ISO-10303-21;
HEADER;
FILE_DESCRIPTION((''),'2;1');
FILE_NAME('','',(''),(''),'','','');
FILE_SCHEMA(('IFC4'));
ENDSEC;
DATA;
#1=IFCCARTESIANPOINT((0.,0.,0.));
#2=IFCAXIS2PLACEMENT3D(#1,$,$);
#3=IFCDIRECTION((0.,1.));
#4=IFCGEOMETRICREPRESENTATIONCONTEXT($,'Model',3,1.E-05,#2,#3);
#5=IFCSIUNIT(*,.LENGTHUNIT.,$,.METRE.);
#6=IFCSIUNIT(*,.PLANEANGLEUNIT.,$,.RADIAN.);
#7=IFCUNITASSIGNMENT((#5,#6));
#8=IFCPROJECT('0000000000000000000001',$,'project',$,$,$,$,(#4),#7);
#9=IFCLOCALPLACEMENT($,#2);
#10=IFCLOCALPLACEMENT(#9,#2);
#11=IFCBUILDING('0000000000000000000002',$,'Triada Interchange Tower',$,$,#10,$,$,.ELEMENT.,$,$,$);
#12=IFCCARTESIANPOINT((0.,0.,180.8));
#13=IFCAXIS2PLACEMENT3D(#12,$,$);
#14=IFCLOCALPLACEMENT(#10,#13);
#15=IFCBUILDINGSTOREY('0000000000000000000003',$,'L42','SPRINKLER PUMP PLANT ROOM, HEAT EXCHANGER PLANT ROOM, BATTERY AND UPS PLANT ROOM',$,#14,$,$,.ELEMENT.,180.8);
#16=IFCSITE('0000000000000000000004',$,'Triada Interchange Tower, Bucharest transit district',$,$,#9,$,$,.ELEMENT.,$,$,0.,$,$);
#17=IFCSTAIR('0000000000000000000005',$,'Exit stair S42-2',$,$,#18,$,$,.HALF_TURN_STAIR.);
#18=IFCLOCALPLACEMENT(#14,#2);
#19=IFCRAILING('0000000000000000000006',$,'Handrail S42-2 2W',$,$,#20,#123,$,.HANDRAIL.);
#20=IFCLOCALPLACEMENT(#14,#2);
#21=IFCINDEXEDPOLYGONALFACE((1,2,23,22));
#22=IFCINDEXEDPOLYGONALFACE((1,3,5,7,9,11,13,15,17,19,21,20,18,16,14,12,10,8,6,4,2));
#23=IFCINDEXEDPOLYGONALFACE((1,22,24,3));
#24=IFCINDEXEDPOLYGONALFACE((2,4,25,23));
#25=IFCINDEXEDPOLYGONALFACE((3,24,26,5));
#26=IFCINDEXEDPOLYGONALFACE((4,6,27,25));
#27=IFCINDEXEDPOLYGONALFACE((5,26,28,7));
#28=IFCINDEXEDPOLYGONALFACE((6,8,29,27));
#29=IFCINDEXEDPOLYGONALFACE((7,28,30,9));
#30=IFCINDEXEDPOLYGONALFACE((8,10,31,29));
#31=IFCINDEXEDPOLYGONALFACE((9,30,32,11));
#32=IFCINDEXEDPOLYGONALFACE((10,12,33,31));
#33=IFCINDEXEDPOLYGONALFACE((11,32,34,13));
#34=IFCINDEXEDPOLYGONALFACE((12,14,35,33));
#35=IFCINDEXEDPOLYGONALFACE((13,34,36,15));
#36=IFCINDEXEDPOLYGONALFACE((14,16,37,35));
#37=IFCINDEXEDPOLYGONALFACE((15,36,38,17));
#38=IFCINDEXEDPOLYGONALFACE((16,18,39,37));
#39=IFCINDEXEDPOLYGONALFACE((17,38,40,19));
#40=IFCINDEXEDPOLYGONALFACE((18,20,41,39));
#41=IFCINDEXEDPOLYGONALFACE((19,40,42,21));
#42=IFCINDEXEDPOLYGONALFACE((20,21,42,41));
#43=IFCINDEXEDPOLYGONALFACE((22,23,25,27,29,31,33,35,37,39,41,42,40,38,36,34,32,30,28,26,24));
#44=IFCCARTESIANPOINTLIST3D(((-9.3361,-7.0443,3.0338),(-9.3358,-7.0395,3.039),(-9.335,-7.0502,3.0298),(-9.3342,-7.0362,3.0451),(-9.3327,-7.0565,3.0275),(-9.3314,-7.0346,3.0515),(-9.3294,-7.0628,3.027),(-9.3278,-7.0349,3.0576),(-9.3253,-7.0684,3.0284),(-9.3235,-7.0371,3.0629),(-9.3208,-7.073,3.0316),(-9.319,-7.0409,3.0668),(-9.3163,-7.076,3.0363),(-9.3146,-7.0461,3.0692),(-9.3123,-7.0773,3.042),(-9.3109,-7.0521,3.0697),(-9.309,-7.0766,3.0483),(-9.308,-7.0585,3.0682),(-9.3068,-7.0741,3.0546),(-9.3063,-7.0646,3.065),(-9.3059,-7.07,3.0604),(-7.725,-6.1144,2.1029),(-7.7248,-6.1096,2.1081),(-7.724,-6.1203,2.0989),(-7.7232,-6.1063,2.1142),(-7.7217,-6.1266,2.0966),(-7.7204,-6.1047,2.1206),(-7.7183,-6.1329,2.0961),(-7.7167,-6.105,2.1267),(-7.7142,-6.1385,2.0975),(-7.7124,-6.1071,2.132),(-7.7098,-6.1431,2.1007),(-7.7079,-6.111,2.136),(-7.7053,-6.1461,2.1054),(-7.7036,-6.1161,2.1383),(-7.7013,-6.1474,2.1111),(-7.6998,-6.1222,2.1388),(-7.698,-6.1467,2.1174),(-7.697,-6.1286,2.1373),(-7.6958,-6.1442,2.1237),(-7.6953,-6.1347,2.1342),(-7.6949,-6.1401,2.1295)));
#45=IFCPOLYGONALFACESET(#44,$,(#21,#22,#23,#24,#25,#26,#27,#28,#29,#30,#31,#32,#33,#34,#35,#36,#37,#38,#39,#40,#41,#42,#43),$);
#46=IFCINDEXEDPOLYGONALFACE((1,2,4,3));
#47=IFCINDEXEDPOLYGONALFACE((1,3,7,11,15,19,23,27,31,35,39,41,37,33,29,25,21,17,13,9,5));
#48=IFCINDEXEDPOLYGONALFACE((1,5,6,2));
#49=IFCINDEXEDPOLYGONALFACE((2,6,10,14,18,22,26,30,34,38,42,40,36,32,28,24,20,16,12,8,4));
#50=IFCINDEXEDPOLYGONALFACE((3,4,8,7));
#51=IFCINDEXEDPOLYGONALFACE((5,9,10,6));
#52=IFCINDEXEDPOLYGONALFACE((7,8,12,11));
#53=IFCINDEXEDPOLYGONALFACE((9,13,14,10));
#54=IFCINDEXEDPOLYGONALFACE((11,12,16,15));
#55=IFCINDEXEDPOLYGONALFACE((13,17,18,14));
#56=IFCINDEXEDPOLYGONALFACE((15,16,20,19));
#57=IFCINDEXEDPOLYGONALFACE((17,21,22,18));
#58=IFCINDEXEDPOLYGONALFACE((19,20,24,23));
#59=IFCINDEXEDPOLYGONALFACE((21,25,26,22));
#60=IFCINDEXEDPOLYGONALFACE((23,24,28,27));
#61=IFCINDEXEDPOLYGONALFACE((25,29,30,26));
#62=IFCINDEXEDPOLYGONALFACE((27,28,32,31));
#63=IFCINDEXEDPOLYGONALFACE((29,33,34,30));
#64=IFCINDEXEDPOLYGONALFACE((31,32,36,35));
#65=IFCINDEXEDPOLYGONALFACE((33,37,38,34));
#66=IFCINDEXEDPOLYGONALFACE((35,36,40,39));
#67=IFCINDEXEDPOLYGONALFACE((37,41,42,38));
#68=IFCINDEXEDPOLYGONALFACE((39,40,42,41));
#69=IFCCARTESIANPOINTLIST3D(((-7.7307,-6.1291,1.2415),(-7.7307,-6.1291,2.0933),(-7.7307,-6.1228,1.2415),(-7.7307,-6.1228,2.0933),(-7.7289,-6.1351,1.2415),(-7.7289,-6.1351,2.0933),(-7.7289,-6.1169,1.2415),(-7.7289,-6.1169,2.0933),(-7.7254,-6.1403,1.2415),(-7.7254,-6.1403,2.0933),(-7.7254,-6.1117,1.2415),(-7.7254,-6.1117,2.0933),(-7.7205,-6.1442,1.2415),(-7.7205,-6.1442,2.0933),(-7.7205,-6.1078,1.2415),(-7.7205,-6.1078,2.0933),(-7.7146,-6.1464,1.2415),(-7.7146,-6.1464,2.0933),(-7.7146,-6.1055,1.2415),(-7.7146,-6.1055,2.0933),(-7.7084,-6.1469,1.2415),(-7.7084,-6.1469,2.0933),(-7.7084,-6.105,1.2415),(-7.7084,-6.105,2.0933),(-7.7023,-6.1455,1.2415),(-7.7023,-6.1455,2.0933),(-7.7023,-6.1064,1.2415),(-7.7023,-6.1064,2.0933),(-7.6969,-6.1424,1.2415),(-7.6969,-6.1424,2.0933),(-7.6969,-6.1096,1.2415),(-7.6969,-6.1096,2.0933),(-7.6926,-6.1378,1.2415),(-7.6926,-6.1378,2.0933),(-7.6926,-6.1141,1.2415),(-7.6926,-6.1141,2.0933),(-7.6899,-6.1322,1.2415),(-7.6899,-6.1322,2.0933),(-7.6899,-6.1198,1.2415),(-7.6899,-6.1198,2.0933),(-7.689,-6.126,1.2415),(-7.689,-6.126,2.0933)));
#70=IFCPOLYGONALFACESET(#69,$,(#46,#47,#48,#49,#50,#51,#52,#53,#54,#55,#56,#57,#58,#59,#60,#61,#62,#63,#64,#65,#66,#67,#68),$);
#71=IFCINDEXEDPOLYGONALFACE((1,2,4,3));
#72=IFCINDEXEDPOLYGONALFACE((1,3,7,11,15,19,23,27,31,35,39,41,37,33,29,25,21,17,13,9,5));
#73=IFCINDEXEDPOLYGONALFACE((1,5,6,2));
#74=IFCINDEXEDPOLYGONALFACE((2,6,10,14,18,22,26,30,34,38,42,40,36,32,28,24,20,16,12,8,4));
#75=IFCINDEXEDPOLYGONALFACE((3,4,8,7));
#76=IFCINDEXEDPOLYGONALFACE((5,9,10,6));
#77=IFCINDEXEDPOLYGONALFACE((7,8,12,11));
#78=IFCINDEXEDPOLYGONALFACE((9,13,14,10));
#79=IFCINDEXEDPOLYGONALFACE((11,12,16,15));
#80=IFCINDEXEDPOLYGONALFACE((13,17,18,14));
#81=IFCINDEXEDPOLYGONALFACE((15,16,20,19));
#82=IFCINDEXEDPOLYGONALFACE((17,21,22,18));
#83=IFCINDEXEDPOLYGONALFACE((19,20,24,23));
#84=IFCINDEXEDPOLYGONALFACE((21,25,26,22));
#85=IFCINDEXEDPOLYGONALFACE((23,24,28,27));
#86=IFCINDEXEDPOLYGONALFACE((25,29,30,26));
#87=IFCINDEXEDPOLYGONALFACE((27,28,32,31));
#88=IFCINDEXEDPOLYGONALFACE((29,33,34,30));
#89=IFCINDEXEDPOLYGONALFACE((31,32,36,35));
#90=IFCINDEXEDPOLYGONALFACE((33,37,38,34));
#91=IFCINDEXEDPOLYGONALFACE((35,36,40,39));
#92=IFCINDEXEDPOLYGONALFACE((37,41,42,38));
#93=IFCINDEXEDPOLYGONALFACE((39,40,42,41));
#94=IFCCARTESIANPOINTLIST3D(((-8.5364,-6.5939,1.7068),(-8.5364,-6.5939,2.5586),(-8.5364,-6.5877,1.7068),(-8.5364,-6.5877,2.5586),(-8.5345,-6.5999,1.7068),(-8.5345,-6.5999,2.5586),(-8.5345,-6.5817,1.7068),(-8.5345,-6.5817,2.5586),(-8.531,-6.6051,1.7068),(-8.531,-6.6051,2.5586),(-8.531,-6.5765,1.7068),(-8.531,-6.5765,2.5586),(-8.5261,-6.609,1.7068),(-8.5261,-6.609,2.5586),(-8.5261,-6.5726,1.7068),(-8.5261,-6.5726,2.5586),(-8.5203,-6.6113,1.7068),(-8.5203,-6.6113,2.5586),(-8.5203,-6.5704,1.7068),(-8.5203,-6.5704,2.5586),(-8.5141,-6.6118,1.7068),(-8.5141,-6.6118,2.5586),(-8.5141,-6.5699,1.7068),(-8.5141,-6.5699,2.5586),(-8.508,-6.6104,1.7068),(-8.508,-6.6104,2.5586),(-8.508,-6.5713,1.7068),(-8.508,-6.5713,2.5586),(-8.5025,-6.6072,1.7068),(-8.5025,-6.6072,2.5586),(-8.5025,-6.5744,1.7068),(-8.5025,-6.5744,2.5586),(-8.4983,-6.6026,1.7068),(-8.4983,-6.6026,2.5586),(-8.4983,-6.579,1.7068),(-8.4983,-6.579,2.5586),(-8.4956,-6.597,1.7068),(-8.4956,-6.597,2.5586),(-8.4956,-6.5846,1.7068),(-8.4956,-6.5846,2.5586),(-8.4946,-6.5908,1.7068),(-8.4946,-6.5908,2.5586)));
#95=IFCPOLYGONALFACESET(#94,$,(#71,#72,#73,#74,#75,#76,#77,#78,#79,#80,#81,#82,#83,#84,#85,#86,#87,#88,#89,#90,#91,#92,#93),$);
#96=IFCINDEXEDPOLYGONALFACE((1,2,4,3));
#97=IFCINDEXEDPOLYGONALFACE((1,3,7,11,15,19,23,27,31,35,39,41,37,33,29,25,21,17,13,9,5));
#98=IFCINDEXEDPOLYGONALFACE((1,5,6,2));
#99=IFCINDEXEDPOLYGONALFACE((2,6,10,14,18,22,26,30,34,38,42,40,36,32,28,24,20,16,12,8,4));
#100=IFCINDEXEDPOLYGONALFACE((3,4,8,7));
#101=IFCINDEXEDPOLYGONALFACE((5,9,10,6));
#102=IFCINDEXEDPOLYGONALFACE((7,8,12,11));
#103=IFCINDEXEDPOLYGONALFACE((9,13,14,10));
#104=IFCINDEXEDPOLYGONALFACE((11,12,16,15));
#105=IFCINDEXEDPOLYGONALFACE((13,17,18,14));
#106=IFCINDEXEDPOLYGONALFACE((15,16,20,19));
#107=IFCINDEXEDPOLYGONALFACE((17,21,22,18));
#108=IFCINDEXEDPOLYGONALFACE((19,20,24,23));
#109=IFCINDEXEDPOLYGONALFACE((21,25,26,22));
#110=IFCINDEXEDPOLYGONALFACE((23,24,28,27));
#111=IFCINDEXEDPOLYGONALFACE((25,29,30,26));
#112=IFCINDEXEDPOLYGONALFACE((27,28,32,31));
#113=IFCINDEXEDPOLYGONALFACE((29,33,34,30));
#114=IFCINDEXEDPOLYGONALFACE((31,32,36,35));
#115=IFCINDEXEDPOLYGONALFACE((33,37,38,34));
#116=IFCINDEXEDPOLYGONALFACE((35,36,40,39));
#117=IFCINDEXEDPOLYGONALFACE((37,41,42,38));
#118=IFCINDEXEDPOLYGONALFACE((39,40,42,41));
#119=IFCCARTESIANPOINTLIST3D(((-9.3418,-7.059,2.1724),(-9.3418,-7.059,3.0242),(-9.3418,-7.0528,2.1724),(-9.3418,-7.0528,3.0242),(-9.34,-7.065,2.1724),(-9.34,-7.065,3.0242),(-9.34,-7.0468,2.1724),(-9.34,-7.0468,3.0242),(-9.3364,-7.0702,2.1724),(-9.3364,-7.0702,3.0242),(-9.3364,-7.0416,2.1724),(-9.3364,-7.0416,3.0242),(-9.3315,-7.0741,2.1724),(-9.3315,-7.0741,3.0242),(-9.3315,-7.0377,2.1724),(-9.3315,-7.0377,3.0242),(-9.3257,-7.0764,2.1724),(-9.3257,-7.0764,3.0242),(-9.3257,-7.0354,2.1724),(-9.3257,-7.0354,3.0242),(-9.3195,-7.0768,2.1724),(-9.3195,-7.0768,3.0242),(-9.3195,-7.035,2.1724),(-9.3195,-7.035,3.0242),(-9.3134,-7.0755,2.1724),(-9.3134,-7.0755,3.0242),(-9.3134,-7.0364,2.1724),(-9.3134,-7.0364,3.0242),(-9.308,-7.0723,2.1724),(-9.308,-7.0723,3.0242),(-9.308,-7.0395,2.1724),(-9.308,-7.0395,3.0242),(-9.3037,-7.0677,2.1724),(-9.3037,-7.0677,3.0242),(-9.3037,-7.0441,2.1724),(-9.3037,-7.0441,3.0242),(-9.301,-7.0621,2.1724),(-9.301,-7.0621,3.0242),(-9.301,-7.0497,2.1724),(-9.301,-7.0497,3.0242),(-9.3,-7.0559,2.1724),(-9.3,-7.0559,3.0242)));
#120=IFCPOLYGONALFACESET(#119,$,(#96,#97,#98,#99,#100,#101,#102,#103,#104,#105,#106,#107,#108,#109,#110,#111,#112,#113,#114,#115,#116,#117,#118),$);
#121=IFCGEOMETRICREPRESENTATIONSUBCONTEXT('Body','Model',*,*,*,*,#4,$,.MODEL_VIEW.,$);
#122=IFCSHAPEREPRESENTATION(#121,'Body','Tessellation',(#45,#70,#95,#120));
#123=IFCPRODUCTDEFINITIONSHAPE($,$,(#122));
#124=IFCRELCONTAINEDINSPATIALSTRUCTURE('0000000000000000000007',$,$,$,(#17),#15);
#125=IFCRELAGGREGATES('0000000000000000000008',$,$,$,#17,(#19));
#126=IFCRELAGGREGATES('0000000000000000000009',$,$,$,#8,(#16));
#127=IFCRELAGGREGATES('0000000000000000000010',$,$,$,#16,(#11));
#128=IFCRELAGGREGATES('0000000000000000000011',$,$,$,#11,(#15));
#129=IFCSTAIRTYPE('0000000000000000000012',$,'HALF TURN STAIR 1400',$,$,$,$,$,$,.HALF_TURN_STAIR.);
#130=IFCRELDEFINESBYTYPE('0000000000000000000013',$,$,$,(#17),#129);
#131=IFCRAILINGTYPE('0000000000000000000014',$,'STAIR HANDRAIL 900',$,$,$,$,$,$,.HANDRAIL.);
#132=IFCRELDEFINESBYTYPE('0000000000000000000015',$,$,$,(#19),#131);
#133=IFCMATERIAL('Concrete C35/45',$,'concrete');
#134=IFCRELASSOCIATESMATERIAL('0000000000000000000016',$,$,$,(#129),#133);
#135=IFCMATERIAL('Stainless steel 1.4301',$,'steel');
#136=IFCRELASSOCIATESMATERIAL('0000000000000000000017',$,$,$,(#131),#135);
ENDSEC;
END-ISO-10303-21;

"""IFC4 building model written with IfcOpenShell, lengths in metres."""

from ifc_helpers import new_model, si_unit, direction, frame, origin, origin_2d, place, context, subcontext, project, spatial, circle, extrude, material, type_object, element, aggregate, save


model = new_model("IFC4")

# Units and contexts
model_context = context("Model", 3, precision=1e-05, world=origin(), true_north=direction((0.0, 1.0)))
body_context = subcontext(model_context, "Body", "Model", "MODEL_VIEW")
ifc_project = project(units=[si_unit("LENGTHUNIT", "METRE"), si_unit("PLANEANGLEUNIT", "RADIAN")], contexts=[model_context])

# Site, building, storey
site_placement = place(None, origin())
site = spatial("IfcSite", under=ifc_project, at=site_placement, Name="Triada Interchange Tower, Bucharest transit district", CompositionType="ELEMENT", RefElevation=0.0)
building_placement = place(site_placement, origin())
building = spatial("IfcBuilding", under=site, at=building_placement, Name="Triada Interchange Tower", CompositionType="ELEMENT")
storey_placement = place(building_placement, frame((0.0, 0.0, 180.8)))
storey = spatial("IfcBuildingStorey", under=building, at=storey_placement, Name="L42", Description="SPRINKLER PUMP PLANT ROOM, HEAT EXCHANGER PLANT ROOM, BATTERY AND UPS PLANT ROOM", CompositionType="ELEMENT", Elevation=180.8)

# Shared definitions
ifc_material_1 = material(Name="Concrete C35/45", Category="concrete")

# Stair, railing
stair_type = type_object("IfcStairType", Name="HALF TURN STAIR 1400", PredefinedType="HALF_TURN_STAIR", material=ifc_material_1)
stair_placement = place(storey_placement, origin())
stair = element("IfcStair", 1, at=stair_placement, inside=storey, type_object=stair_type, Name="Exit stair S42-2", PredefinedType="HALF_TURN_STAIR")
ifc_material_2 = material(Name="Stainless steel 1.4301", Category="steel")
railing_type_1 = type_object("IfcRailingType", Name="STAIR HANDRAIL 900", PredefinedType="HANDRAIL", material=ifc_material_2)
railing_1_placement = place(storey_placement, frame((-7.71, -6.126, 1.2415)))
railing_1 = element("IfcRailing", 2, at=railing_1_placement, type_object=railing_type_1, Name="Handrail S42-2 2W", PredefinedType="HANDRAIL", context=body_context, shape_type="SweptSolid", body=[
    extrude(circle(Radius=0.0239, at=origin_2d()), frame((0.0, 0.0, 0.876), z_axis=(-0.77451, -0.447054, 0.447523), x_axis=(0.499908, -0.866079, 0.0)), (0.0, 0.0, 1.0), 2.0801),
    extrude(circle(Radius=0.021, at=origin_2d()), origin(), (0.0, 0.0, 1.0), 0.8518),
    extrude(circle(Radius=0.021, at=origin_2d()), frame((-0.8057, -0.4648, 0.4653)), (0.0, 0.0, 1.0), 0.8518),
    extrude(circle(Radius=0.021, at=origin_2d()), frame((-1.6111, -0.9299, 0.9309)), (0.0, 0.0, 1.0), 0.8518),
])
aggregate(stair, [railing_1])

save(model, "model.ifc")
